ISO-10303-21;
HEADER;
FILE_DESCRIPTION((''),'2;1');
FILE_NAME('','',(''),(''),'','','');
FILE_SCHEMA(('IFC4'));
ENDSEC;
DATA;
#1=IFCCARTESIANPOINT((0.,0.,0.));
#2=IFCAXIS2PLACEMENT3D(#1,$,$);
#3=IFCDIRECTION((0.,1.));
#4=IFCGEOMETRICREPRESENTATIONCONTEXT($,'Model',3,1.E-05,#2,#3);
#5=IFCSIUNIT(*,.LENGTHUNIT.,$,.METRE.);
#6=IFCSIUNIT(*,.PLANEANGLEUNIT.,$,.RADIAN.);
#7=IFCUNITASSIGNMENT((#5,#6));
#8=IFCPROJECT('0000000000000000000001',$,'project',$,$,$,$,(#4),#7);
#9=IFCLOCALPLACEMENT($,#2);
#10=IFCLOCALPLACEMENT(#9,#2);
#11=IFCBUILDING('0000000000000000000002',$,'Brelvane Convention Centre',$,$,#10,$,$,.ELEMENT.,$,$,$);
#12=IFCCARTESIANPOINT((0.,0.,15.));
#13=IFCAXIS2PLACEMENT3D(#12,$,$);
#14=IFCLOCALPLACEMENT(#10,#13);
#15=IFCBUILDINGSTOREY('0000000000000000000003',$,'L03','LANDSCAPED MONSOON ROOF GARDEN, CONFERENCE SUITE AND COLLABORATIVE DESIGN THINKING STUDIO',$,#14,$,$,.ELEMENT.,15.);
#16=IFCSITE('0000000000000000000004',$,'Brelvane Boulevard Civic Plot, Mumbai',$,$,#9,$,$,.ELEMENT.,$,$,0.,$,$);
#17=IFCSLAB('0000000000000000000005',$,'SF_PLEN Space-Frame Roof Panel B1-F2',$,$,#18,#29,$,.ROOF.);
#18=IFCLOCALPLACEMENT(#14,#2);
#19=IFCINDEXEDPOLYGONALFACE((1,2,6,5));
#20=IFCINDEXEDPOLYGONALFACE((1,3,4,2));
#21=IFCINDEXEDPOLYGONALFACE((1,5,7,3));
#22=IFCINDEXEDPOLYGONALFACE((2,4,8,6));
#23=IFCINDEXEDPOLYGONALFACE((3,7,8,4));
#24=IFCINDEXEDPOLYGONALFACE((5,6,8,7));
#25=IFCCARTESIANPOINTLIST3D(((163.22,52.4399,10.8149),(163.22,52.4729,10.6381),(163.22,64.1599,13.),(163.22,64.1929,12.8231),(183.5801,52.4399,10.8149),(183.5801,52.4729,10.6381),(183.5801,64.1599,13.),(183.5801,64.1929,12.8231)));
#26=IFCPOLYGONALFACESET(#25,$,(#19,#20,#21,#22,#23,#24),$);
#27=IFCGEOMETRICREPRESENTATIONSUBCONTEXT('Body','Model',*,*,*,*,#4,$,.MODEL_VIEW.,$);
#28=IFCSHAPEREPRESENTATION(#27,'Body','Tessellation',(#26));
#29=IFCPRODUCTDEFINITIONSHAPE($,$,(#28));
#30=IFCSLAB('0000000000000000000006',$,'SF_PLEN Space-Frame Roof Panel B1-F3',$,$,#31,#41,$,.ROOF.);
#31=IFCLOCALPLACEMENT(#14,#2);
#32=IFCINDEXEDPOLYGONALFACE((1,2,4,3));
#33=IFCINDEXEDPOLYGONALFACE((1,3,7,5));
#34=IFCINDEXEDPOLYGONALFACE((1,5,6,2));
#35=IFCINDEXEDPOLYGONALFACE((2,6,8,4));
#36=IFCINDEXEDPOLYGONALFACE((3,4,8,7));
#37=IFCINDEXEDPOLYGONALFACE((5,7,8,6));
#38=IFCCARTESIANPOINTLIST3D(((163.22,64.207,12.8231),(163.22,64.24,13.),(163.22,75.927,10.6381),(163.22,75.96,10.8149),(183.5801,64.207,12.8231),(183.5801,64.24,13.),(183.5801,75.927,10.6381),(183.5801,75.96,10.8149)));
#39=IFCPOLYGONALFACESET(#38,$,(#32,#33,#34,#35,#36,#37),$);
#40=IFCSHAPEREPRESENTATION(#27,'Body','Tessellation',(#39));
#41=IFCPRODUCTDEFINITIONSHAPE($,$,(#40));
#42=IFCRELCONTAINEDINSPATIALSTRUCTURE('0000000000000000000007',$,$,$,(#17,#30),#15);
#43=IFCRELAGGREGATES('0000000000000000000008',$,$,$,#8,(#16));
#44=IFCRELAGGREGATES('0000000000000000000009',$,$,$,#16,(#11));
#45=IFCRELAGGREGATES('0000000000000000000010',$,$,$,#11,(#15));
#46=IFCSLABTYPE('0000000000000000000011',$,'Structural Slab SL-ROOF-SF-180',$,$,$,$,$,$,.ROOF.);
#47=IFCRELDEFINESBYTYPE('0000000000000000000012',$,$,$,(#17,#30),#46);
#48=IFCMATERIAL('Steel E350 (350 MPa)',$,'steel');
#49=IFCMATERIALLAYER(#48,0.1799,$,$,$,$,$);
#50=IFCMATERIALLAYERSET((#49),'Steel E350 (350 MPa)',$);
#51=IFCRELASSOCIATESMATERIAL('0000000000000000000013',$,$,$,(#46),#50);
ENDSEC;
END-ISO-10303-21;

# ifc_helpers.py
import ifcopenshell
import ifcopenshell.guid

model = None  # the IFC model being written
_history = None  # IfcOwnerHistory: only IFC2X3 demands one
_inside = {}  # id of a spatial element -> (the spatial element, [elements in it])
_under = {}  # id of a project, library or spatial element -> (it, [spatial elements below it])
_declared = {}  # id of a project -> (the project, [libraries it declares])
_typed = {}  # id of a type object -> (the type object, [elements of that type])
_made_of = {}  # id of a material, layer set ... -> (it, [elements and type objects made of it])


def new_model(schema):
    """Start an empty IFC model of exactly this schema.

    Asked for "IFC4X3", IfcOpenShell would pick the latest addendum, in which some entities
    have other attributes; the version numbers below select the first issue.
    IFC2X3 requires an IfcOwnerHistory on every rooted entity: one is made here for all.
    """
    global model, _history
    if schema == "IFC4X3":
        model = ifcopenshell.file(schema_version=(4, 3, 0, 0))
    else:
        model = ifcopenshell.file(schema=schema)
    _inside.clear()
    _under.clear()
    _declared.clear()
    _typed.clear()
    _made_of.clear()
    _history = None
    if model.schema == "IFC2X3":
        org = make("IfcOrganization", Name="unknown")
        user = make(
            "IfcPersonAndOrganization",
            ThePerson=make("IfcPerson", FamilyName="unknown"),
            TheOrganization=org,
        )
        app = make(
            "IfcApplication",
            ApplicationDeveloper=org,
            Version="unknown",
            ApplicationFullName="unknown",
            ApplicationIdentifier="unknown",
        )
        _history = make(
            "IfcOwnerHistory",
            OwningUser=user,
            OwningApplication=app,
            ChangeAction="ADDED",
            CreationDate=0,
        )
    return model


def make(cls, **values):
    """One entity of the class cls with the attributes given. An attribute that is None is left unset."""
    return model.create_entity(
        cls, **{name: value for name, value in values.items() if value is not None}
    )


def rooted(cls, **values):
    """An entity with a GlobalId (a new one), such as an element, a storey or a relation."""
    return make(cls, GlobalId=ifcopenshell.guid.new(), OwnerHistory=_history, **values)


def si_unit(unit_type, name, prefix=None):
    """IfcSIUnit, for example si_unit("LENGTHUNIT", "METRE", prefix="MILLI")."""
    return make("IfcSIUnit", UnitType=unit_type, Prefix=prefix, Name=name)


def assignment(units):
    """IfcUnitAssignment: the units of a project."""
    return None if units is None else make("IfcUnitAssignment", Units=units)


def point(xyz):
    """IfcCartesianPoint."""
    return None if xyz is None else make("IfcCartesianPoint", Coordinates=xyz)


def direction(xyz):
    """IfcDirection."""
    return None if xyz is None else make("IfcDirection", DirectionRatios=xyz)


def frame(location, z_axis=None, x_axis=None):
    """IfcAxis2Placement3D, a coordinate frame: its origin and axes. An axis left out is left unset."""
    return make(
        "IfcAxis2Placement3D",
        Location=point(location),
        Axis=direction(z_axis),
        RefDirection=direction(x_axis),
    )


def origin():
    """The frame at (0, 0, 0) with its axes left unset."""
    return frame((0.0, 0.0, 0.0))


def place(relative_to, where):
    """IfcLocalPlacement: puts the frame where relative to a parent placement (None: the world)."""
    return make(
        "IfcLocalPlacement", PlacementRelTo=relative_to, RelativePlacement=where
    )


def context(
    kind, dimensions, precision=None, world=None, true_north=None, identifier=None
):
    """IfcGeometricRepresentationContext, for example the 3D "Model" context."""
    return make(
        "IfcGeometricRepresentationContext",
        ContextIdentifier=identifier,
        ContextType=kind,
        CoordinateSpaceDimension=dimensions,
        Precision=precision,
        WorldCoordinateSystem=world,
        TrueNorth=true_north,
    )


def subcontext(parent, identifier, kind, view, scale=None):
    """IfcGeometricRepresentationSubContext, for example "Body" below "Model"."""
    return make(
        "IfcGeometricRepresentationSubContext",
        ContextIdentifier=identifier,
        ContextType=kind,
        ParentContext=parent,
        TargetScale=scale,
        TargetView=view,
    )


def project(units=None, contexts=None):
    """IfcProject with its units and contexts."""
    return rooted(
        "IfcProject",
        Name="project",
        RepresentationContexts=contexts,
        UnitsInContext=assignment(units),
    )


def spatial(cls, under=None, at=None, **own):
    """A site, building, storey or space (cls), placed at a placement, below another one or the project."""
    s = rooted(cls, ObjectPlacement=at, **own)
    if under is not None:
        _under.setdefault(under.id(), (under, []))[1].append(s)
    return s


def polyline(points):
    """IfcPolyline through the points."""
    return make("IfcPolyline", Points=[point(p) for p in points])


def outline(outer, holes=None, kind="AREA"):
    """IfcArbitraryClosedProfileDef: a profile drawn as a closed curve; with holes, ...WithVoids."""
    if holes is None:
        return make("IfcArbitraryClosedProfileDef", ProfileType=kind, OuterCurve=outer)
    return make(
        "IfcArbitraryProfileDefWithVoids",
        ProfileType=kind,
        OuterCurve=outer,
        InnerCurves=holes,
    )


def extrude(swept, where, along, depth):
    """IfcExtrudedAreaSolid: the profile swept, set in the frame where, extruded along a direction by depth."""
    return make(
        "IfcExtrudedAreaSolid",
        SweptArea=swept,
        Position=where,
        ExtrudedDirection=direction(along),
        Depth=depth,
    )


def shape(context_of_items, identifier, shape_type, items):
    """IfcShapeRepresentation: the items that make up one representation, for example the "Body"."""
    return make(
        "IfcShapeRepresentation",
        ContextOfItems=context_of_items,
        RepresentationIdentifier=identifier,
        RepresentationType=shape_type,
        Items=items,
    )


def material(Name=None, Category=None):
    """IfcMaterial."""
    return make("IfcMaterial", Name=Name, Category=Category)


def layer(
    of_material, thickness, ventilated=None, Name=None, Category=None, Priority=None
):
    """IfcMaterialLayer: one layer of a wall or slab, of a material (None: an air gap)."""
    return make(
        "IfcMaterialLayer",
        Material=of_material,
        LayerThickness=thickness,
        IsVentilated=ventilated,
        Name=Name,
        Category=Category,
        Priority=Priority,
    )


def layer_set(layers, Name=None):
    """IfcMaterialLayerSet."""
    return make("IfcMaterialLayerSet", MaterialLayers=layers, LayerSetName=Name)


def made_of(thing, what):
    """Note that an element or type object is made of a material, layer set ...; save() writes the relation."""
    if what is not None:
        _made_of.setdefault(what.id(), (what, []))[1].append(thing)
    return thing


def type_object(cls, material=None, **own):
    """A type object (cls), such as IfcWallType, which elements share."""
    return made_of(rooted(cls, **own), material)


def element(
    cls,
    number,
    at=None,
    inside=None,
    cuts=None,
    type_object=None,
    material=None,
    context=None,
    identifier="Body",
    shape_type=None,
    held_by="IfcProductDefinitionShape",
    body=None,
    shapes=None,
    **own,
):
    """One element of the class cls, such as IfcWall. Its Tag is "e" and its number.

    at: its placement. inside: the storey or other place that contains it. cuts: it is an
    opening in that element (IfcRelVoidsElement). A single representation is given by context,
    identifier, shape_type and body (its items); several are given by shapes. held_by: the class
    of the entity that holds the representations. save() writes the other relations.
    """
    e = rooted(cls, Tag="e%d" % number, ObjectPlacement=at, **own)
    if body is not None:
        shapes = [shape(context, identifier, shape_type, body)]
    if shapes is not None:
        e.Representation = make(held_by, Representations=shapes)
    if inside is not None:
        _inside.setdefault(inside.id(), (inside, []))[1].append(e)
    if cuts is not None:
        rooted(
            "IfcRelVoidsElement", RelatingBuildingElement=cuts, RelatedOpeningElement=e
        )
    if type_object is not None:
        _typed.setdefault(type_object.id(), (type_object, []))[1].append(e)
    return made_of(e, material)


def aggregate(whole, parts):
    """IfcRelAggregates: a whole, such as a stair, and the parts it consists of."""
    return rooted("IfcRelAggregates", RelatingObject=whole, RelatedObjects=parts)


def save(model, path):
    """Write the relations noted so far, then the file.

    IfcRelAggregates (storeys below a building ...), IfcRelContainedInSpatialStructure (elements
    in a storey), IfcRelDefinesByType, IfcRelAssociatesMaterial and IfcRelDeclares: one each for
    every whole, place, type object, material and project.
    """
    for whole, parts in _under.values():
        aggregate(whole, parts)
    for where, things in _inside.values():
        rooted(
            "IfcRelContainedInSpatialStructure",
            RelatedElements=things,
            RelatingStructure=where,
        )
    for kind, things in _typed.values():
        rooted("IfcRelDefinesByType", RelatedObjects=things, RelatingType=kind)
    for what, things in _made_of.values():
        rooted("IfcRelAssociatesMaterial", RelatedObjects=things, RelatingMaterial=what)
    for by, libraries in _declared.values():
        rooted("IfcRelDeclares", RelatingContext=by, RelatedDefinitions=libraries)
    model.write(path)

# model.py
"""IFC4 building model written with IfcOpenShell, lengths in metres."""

from ifc_helpers import new_model, si_unit, direction, frame, origin, place, context, subcontext, project, spatial, polyline, outline, extrude, material, layer, layer_set, type_object, element, save


model = new_model("IFC4")

# Units and contexts
model_context = context("Model", 3, precision=1e-05, world=origin(), true_north=direction((0.0, 1.0)))
body_context = subcontext(model_context, "Body", "Model", "MODEL_VIEW")
ifc_project = project(units=[si_unit("LENGTHUNIT", "METRE"), si_unit("PLANEANGLEUNIT", "RADIAN")], contexts=[model_context])

# Site, building, storey
site_placement = place(None, origin())
site = spatial("IfcSite", under=ifc_project, at=site_placement, Name="Brelvane Boulevard Civic Plot, Mumbai", CompositionType="ELEMENT", RefElevation=0.0)
building_placement = place(site_placement, origin())
building = spatial("IfcBuilding", under=site, at=building_placement, Name="Brelvane Convention Centre", CompositionType="ELEMENT")
storey_placement = place(building_placement, frame((0.0, 0.0, 15.0)))
storey = spatial("IfcBuildingStorey", under=building, at=storey_placement, Name="L03", Description="LANDSCAPED MONSOON ROOF GARDEN, CONFERENCE SUITE AND COLLABORATIVE DESIGN THINKING STUDIO", CompositionType="ELEMENT", Elevation=15.0)

# Slabs
ifc_material_1 = material(Name="Steel E350 (350 MPa)", Category="steel")
ifc_layer_1 = layer(ifc_material_1, 0.1799)
ifc_layer_set_1 = layer_set([ifc_layer_1], Name="Steel E350 (350 MPa)")
slab_type = type_object("IfcSlabType", Name="Structural Slab SL-ROOF-SF-180", PredefinedType="ROOF", material=ifc_layer_set_1)
for number, where, z_axis, x_axis, name in (
    (1, (163.22, 52.4399, 10.8149), (0.0, -0.183281, 0.983061), (1.0, 0.0, 0.0), "SF_PLEN Space-Frame Roof Panel B1-F2"),
    (2, (163.22, 64.24, 13.0), (0.0, 0.183281, 0.983061), (1.0, 0.0, 0.0), "SF_PLEN Space-Frame Roof Panel B1-F3"),
):
    element("IfcSlab", number, at=place(storey_placement, frame(where, z_axis=z_axis, x_axis=x_axis)), inside=storey, type_object=slab_type, Name=name, PredefinedType="ROOF", context=body_context, shape_type="SweptSolid", body=[
        extrude(outline(polyline([(0.0, 0.0), (20.3601, 0.0), (20.3601, 11.9219), (0.0, 11.9219), (0.0, 0.0)])), origin(), (0.0, 0.0, -1.0), 0.1799),
    ])

save(model, "model.ifc")
